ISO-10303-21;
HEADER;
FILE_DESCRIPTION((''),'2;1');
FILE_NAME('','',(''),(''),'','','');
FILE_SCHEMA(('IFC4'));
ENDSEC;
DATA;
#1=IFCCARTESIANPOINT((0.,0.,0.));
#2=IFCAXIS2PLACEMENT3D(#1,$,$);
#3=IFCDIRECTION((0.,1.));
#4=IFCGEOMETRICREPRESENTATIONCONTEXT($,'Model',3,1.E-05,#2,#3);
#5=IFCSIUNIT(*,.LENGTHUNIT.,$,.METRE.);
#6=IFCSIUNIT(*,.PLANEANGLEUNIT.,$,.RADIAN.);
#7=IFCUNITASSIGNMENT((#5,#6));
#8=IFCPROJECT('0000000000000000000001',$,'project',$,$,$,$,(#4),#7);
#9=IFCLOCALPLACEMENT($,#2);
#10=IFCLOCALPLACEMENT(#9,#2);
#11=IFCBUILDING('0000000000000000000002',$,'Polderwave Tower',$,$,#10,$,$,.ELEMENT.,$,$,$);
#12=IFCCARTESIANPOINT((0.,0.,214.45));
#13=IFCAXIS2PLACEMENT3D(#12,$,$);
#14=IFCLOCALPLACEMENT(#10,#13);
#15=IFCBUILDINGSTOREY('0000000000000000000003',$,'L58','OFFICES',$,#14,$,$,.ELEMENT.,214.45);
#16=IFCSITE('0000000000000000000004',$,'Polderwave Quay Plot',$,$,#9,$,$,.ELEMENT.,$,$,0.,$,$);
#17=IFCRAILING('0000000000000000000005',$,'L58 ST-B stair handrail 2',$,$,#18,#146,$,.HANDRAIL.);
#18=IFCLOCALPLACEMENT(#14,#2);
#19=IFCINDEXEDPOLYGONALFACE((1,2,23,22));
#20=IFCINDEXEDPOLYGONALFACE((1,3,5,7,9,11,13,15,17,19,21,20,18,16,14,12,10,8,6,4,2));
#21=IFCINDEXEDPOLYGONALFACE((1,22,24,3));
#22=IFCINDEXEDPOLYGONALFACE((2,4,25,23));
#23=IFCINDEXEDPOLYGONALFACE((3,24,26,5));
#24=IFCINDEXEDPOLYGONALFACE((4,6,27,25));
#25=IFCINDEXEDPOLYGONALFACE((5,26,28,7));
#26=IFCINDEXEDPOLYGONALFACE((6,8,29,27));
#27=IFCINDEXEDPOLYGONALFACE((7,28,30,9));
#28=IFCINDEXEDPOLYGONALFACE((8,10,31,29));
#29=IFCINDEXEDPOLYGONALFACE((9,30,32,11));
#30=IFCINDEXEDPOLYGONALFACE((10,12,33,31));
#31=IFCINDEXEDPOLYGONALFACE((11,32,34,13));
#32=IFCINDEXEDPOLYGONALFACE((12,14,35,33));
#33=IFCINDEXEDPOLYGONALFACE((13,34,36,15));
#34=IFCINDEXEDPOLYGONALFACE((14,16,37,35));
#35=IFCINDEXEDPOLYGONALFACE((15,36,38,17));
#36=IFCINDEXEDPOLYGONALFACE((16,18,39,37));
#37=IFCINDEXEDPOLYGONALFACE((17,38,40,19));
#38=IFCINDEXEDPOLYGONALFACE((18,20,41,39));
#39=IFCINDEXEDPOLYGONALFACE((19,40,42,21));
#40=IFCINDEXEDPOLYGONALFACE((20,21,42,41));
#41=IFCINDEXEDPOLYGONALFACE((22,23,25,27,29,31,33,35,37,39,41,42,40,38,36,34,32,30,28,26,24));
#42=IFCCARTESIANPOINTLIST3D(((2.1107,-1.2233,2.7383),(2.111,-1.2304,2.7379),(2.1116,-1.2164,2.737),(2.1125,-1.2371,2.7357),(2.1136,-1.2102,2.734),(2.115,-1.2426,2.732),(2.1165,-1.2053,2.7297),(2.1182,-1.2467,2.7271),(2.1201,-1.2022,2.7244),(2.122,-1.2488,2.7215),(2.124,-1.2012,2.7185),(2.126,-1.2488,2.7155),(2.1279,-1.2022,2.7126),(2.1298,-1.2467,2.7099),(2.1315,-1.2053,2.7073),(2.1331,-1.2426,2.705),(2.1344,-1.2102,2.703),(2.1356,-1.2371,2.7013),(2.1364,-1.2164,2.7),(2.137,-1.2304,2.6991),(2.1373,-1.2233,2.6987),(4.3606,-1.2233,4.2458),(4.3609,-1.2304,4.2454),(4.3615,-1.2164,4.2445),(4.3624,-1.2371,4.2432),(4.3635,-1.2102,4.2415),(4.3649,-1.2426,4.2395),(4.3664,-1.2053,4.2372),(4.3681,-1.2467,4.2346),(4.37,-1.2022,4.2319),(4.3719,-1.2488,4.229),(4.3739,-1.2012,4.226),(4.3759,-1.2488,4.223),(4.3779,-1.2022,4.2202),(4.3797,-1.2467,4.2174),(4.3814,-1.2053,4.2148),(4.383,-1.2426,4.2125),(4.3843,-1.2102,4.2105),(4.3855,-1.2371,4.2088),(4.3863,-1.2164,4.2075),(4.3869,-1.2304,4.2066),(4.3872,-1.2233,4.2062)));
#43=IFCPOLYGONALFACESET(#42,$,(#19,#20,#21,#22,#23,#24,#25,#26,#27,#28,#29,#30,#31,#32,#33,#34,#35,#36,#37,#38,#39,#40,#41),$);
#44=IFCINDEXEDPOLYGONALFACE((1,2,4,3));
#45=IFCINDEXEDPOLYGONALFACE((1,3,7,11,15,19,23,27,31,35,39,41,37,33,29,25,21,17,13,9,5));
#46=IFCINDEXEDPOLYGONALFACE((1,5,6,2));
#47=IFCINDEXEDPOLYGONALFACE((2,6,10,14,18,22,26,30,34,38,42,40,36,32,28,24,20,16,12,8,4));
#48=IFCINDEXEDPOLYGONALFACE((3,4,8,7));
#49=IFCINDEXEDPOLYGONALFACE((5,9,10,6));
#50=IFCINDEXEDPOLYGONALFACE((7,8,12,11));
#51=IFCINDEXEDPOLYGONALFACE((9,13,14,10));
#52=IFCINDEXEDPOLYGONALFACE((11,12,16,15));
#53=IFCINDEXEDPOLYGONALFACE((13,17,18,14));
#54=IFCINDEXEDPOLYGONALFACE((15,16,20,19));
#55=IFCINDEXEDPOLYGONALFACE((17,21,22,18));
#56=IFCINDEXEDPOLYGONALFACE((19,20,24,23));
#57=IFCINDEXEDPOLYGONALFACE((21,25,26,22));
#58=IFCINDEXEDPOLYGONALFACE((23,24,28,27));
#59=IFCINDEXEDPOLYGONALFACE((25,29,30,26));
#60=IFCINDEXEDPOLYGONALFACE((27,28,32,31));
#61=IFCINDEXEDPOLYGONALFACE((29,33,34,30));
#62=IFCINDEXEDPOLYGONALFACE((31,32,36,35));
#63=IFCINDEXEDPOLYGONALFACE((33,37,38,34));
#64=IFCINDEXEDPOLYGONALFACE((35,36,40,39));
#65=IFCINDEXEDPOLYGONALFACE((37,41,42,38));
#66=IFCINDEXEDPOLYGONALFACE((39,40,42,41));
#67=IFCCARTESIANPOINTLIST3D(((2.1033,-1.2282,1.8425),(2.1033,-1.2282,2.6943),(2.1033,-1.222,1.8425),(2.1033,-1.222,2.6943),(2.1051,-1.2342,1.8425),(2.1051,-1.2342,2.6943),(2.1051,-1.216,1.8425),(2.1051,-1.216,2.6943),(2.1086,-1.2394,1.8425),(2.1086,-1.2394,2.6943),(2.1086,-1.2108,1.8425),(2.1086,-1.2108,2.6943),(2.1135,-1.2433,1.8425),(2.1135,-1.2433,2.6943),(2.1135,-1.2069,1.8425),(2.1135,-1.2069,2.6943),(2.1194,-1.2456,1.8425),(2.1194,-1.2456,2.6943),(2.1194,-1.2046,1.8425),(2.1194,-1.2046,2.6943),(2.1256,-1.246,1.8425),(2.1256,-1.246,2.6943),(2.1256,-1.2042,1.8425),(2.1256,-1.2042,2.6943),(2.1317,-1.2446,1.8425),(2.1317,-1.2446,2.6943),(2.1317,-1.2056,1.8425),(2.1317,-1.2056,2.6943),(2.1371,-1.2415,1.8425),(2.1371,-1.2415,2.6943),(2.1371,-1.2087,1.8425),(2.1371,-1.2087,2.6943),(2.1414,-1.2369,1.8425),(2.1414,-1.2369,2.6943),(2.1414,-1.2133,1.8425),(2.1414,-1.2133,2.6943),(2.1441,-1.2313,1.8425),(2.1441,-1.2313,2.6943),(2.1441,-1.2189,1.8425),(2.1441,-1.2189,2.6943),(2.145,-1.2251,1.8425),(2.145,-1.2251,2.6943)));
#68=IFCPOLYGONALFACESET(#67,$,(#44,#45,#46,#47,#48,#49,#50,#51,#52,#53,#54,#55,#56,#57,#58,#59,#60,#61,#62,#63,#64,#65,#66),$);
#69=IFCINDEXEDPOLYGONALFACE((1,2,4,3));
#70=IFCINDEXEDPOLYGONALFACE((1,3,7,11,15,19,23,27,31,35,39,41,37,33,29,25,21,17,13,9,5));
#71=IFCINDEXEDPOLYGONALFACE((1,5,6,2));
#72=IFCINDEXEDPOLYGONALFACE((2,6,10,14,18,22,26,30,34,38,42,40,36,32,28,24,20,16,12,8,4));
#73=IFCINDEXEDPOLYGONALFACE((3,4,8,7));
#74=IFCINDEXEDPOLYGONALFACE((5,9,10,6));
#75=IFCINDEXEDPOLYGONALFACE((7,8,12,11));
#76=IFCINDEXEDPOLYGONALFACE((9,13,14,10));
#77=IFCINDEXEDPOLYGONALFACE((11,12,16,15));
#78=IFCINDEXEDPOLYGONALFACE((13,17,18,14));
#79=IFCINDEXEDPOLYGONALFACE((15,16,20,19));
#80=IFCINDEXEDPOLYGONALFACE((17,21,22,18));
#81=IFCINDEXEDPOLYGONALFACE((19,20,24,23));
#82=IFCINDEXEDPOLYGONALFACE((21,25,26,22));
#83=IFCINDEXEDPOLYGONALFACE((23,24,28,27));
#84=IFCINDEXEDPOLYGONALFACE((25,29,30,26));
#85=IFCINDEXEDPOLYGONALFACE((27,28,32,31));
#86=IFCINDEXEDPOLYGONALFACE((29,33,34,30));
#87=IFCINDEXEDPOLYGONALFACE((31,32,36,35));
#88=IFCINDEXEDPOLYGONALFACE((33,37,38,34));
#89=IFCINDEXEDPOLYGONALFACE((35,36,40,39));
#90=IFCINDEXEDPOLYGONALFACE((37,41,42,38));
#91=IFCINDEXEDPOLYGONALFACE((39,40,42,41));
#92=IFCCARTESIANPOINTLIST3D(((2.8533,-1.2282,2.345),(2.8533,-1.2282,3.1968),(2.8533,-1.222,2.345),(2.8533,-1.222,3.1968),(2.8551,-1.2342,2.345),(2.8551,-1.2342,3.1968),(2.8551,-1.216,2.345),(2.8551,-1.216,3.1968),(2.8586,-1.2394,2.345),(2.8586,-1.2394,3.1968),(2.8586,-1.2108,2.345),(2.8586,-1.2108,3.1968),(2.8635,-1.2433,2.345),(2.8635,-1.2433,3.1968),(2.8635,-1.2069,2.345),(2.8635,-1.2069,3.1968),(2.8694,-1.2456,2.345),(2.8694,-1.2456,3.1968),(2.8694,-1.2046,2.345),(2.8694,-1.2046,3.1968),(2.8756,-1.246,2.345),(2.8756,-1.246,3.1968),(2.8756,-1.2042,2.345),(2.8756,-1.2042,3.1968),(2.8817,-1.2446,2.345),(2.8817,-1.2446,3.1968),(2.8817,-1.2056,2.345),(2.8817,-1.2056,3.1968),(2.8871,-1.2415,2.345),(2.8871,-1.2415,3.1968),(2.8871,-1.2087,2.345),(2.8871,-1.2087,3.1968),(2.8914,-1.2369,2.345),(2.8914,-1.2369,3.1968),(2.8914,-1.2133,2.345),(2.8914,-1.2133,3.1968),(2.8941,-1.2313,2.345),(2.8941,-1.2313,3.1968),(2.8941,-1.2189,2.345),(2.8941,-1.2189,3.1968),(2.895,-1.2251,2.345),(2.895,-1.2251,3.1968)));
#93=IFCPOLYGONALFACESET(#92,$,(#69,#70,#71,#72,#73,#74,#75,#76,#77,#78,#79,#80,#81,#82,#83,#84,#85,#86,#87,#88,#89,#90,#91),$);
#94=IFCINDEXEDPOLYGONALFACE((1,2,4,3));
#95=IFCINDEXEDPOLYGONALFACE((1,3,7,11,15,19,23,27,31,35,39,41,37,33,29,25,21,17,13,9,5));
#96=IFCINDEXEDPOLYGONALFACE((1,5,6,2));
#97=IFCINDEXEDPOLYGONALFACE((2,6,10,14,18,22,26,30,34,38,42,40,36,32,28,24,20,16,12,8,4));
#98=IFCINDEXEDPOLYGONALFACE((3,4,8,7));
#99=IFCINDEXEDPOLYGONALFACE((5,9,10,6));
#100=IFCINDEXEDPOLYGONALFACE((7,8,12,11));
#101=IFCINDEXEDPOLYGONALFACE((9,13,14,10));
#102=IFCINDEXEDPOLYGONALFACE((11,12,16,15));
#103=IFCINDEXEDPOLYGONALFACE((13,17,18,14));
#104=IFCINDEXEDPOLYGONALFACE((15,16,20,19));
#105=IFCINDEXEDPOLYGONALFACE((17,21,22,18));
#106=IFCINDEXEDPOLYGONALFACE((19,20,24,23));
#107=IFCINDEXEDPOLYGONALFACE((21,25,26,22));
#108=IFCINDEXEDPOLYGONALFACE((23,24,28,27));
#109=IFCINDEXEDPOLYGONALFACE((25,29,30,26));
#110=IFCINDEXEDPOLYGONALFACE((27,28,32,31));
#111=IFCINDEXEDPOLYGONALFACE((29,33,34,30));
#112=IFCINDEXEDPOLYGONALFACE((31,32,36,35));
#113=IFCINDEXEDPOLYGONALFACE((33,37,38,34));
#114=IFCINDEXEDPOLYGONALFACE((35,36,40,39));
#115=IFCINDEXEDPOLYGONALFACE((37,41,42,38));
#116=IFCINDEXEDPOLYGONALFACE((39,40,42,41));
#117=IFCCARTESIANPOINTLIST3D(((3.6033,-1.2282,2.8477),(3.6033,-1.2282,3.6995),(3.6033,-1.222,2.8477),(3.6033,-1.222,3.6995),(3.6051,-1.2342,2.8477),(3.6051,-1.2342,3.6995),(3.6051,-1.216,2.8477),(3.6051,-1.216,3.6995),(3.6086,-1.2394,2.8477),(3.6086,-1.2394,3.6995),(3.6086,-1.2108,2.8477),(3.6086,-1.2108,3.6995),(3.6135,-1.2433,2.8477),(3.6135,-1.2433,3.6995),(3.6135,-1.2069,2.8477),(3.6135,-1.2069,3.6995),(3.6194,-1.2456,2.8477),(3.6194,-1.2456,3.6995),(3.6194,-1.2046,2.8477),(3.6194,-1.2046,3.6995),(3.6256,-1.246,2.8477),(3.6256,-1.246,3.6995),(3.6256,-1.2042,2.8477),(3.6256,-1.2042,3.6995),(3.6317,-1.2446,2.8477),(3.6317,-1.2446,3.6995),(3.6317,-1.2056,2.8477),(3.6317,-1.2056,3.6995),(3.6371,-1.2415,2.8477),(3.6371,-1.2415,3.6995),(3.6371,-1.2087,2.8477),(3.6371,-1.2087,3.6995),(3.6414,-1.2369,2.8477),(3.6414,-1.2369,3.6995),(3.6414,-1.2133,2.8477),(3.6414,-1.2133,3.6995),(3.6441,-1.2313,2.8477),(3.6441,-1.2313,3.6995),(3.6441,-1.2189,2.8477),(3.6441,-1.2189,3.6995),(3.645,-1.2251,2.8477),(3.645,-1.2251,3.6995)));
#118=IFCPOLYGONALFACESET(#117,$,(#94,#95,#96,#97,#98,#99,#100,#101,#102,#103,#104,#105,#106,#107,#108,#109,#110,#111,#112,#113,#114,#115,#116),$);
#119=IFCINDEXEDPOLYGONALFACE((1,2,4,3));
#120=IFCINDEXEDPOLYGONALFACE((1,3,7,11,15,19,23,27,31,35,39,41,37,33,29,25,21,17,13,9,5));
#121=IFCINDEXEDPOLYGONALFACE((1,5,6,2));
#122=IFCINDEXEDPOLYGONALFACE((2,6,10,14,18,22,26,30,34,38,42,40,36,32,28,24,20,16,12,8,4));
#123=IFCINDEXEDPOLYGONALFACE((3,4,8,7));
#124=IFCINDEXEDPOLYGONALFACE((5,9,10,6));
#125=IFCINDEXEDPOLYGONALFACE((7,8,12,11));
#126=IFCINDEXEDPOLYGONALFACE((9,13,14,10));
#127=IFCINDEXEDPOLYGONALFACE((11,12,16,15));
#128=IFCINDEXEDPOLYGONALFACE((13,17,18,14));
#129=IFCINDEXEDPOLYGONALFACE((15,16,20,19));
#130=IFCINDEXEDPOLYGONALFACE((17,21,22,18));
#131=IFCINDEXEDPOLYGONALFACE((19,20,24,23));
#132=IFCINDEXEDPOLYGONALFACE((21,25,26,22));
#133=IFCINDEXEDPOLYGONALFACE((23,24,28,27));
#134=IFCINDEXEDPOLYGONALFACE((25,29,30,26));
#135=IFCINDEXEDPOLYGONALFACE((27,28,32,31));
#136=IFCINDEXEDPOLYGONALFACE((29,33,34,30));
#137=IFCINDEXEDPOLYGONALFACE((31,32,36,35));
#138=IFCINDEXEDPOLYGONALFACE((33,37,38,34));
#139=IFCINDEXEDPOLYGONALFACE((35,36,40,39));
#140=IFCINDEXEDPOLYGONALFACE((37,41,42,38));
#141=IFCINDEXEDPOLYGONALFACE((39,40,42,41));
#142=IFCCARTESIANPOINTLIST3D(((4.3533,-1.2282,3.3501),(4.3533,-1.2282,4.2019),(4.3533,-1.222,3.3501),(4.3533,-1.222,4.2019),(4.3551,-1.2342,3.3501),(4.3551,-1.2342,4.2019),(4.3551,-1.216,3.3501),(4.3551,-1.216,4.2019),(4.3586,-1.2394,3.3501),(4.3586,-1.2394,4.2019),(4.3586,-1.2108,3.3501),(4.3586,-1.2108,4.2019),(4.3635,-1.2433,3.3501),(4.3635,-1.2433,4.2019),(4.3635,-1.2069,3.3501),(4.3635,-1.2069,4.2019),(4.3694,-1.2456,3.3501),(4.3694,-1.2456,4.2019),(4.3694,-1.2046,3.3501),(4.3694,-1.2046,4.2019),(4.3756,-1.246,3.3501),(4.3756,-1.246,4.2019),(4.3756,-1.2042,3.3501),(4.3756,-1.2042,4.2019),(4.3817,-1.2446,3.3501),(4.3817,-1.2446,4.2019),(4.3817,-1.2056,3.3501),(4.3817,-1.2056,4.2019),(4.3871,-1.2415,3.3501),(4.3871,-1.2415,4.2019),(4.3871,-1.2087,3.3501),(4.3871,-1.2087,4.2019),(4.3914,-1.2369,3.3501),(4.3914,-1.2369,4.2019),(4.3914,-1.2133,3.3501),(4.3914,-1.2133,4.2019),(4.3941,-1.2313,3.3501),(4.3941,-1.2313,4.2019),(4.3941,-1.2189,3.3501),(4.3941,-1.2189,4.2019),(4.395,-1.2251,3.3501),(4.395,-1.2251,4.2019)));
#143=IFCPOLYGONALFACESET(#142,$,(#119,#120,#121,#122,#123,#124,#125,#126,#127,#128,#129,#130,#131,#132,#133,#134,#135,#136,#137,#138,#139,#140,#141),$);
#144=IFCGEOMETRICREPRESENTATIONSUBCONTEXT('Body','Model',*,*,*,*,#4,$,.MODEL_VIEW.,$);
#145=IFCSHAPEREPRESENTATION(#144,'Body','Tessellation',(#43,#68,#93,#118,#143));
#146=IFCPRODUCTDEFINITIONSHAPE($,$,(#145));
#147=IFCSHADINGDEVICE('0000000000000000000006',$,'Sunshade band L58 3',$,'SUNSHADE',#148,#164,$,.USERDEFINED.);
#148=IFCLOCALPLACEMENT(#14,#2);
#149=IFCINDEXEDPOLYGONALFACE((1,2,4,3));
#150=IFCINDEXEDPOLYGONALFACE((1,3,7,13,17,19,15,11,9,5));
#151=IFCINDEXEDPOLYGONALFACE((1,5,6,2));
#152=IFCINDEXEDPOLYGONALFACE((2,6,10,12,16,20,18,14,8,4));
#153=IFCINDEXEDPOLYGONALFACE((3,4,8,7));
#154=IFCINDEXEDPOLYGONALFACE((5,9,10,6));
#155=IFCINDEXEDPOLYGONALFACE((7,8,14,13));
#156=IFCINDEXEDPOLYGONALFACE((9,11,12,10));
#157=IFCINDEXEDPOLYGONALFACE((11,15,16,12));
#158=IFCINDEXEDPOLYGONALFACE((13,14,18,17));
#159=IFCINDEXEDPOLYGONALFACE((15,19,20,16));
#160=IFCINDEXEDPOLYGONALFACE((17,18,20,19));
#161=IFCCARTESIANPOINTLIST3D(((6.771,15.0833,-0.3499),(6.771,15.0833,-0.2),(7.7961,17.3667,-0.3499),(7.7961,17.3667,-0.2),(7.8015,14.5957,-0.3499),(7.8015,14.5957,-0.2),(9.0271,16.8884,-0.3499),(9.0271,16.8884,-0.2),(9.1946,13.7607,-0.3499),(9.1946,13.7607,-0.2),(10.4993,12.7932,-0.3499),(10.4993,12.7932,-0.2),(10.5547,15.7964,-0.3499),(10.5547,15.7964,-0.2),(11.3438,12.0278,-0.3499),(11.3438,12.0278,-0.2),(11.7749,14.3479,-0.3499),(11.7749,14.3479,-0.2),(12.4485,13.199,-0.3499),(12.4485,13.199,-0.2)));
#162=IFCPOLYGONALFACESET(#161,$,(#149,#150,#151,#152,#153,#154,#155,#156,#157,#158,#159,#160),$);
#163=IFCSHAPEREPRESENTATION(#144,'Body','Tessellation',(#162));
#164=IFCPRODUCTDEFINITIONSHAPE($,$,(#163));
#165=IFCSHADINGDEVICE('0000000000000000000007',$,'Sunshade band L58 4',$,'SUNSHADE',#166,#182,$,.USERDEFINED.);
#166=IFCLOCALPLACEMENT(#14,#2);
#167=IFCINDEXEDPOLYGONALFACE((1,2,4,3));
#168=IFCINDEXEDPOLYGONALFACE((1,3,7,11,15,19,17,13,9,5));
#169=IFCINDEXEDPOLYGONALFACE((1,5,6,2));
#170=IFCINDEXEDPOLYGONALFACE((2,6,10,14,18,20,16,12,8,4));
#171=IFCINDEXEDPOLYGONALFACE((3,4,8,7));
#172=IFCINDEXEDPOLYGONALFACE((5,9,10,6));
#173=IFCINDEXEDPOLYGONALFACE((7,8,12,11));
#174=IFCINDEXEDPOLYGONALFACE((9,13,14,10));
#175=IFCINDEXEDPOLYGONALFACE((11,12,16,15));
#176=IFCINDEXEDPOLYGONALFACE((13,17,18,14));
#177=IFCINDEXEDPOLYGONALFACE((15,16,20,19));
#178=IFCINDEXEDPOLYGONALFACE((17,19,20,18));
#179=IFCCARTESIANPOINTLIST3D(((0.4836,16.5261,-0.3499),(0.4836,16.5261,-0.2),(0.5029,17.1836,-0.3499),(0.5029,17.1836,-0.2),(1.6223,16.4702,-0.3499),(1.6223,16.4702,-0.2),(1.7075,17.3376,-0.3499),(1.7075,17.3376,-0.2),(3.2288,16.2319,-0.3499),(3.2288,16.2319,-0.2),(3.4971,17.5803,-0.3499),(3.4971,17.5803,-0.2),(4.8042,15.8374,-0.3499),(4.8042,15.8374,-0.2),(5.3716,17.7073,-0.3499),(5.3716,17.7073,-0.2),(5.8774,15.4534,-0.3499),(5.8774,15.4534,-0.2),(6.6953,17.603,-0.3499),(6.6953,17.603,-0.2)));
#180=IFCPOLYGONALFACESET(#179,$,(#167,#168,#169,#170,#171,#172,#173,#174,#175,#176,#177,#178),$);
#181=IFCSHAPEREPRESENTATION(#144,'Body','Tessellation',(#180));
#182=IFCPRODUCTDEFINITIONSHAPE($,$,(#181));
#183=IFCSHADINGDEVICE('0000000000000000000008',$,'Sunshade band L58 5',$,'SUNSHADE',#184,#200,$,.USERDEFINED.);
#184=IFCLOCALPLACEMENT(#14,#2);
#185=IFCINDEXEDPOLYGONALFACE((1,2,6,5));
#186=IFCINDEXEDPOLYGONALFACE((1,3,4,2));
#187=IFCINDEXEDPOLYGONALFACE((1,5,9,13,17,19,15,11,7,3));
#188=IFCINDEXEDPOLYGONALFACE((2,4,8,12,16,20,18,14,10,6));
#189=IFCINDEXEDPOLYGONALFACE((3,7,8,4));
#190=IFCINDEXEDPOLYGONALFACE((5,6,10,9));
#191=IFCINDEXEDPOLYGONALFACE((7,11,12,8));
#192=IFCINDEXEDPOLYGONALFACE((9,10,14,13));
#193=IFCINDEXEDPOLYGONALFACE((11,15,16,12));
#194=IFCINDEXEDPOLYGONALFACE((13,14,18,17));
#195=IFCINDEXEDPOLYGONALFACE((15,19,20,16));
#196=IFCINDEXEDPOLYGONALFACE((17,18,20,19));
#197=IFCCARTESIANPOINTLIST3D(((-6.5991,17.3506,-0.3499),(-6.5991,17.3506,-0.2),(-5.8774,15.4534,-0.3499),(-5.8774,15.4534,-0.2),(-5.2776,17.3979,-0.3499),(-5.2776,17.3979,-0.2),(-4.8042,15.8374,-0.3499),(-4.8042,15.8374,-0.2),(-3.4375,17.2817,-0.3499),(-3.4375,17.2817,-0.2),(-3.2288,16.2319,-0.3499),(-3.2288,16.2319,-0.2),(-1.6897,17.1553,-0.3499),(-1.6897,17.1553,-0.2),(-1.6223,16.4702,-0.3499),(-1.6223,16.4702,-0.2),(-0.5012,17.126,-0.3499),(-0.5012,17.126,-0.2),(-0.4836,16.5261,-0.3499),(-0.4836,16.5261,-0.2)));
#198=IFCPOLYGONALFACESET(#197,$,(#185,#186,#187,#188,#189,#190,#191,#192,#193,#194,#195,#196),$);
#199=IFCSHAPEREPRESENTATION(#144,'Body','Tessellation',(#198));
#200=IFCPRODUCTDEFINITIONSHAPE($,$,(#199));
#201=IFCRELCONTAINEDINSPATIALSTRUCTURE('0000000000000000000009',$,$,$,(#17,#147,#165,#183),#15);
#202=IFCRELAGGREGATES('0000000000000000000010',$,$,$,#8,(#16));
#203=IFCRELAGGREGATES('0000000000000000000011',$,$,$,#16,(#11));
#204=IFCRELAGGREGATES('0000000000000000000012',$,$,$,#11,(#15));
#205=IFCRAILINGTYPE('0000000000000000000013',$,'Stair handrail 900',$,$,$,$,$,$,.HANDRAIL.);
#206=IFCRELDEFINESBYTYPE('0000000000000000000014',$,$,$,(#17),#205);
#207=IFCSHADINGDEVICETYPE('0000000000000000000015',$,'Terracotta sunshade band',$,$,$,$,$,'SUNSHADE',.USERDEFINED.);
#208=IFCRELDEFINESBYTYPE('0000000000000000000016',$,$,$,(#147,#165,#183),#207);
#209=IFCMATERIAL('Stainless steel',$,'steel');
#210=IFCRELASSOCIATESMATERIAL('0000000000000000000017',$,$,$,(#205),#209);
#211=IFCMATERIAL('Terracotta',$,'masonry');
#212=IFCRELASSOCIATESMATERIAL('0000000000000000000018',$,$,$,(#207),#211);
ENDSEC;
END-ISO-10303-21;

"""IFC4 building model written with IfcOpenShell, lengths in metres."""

from ifc_helpers import new_model, si_unit, direction, frame, origin, origin_2d, place, context, subcontext, project, spatial, polyline, circle, outline, extrude, material, type_object, element, save


model = new_model("IFC4")

# Units and contexts
model_context = context("Model", 3, precision=1e-05, world=origin(), true_north=direction((0.0, 1.0)))
body_context = subcontext(model_context, "Body", "Model", "MODEL_VIEW")
ifc_project = project(units=[si_unit("LENGTHUNIT", "METRE"), si_unit("PLANEANGLEUNIT", "RADIAN")], contexts=[model_context])

# Site, building, storey
site_placement = place(None, origin())
site = spatial("IfcSite", under=ifc_project, at=site_placement, Name="Polderwave Quay Plot", CompositionType="ELEMENT", RefElevation=0.0)
building_placement = place(site_placement, origin())
building = spatial("IfcBuilding", under=site, at=building_placement, Name="Polderwave Tower", CompositionType="ELEMENT")
storey_placement = place(building_placement, frame((0.0, 0.0, 214.45)))
storey = spatial("IfcBuildingStorey", under=building, at=storey_placement, Name="L58", Description="OFFICES", CompositionType="ELEMENT", Elevation=214.45)

# Railing
ifc_material_1 = material(Name="Stainless steel", Category="steel")
railing_type_1 = type_object("IfcRailingType", Name="Stair handrail 900", PredefinedType="HANDRAIL", material=ifc_material_1)
railing_1_placement = place(storey_placement, frame((2.124, -1.2251, 1.8425)))
element("IfcRailing", 1, at=railing_1_placement, inside=storey, type_object=railing_type_1, Name="L58 ST-B stair handrail 2", PredefinedType="HANDRAIL", context=body_context, shape_type="SweptSolid", body=[
    extrude(circle(Radius=0.0239, at=origin_2d()), frame((0.0, 0.0, 0.876), z_axis=(0.830758, 0.0, 0.556633), x_axis=(0.0, 1.0, 0.0)), (0.0, 0.0, 1.0), 2.7083),
    extrude(circle(Radius=0.021, at=origin_2d()), origin(), (0.0, 0.0, 1.0), 0.8518),
    extrude(circle(Radius=0.021, at=origin_2d()), frame((0.75, 0.0, 0.5024)), (0.0, 0.0, 1.0), 0.8518),
    extrude(circle(Radius=0.021, at=origin_2d()), frame((1.5, 0.0, 1.0051)), (0.0, 0.0, 1.0), 0.8518),
    extrude(circle(Radius=0.021, at=origin_2d()), frame((2.25, 0.0, 1.5076)), (0.0, 0.0, 1.0), 0.8518),
])

# Shading devices
ifc_material_2 = material(Name="Terracotta", Category="masonry")
shading_device_type = type_object("IfcShadingDeviceType", Name="Terracotta sunshade band", ElementType="SUNSHADE", PredefinedType="USERDEFINED", material=ifc_material_2)
shading_device_1_placement = place(storey_placement, frame((0.0, 0.0, -0.3499)))
element("IfcShadingDevice", 2, at=shading_device_1_placement, inside=storey, type_object=shading_device_type, Name="Sunshade band L58 3", ObjectType="SUNSHADE", PredefinedType="USERDEFINED", context=body_context, shape_type="SweptSolid", body=[
    extrude(outline(polyline([(11.3438, 12.0278), (10.4993, 12.7932), (9.1946, 13.7607), (7.8015, 14.5957), (6.771, 15.0833), (7.7961, 17.3667), (9.0271, 16.8884), (10.5547, 15.7964), (11.7749, 14.3479), (12.4485, 13.199), (11.3438, 12.0278)])), origin(), (0.0, 0.0, 1.0), 0.1499),
])
shading_device_2_placement = place(storey_placement, frame((0.0, 0.0, -0.3499)))
element("IfcShadingDevice", 3, at=shading_device_2_placement, inside=storey, type_object=shading_device_type, Name="Sunshade band L58 4", ObjectType="SUNSHADE", PredefinedType="USERDEFINED", context=body_context, shape_type="SweptSolid", body=[
    extrude(outline(polyline([(5.8774, 15.4534), (4.8042, 15.8374), (3.2288, 16.2319), (1.6223, 16.4702), (0.4836, 16.5261), (0.5029, 17.1836), (1.7075, 17.3376), (3.4971, 17.5803), (5.3716, 17.7073), (6.6953, 17.603), (5.8774, 15.4534)])), origin(), (0.0, 0.0, 1.0), 0.1499),
])
shading_device_3_placement = place(storey_placement, frame((0.0, 0.0, -0.3499)))
element("IfcShadingDevice", 4, at=shading_device_3_placement, inside=storey, type_object=shading_device_type, Name="Sunshade band L58 5", ObjectType="SUNSHADE", PredefinedType="USERDEFINED", context=body_context, shape_type="SweptSolid", body=[
    extrude(outline(polyline([(-0.4836, 16.5261), (-1.6223, 16.4702), (-3.2288, 16.2319), (-4.8042, 15.8374), (-5.8774, 15.4534), (-6.5991, 17.3506), (-5.2776, 17.3979), (-3.4375, 17.2817), (-1.6897, 17.1553), (-0.5012, 17.126), (-0.4836, 16.5261)])), origin(), (0.0, 0.0, 1.0), 0.1499),
])

save(model, "model.ifc")
